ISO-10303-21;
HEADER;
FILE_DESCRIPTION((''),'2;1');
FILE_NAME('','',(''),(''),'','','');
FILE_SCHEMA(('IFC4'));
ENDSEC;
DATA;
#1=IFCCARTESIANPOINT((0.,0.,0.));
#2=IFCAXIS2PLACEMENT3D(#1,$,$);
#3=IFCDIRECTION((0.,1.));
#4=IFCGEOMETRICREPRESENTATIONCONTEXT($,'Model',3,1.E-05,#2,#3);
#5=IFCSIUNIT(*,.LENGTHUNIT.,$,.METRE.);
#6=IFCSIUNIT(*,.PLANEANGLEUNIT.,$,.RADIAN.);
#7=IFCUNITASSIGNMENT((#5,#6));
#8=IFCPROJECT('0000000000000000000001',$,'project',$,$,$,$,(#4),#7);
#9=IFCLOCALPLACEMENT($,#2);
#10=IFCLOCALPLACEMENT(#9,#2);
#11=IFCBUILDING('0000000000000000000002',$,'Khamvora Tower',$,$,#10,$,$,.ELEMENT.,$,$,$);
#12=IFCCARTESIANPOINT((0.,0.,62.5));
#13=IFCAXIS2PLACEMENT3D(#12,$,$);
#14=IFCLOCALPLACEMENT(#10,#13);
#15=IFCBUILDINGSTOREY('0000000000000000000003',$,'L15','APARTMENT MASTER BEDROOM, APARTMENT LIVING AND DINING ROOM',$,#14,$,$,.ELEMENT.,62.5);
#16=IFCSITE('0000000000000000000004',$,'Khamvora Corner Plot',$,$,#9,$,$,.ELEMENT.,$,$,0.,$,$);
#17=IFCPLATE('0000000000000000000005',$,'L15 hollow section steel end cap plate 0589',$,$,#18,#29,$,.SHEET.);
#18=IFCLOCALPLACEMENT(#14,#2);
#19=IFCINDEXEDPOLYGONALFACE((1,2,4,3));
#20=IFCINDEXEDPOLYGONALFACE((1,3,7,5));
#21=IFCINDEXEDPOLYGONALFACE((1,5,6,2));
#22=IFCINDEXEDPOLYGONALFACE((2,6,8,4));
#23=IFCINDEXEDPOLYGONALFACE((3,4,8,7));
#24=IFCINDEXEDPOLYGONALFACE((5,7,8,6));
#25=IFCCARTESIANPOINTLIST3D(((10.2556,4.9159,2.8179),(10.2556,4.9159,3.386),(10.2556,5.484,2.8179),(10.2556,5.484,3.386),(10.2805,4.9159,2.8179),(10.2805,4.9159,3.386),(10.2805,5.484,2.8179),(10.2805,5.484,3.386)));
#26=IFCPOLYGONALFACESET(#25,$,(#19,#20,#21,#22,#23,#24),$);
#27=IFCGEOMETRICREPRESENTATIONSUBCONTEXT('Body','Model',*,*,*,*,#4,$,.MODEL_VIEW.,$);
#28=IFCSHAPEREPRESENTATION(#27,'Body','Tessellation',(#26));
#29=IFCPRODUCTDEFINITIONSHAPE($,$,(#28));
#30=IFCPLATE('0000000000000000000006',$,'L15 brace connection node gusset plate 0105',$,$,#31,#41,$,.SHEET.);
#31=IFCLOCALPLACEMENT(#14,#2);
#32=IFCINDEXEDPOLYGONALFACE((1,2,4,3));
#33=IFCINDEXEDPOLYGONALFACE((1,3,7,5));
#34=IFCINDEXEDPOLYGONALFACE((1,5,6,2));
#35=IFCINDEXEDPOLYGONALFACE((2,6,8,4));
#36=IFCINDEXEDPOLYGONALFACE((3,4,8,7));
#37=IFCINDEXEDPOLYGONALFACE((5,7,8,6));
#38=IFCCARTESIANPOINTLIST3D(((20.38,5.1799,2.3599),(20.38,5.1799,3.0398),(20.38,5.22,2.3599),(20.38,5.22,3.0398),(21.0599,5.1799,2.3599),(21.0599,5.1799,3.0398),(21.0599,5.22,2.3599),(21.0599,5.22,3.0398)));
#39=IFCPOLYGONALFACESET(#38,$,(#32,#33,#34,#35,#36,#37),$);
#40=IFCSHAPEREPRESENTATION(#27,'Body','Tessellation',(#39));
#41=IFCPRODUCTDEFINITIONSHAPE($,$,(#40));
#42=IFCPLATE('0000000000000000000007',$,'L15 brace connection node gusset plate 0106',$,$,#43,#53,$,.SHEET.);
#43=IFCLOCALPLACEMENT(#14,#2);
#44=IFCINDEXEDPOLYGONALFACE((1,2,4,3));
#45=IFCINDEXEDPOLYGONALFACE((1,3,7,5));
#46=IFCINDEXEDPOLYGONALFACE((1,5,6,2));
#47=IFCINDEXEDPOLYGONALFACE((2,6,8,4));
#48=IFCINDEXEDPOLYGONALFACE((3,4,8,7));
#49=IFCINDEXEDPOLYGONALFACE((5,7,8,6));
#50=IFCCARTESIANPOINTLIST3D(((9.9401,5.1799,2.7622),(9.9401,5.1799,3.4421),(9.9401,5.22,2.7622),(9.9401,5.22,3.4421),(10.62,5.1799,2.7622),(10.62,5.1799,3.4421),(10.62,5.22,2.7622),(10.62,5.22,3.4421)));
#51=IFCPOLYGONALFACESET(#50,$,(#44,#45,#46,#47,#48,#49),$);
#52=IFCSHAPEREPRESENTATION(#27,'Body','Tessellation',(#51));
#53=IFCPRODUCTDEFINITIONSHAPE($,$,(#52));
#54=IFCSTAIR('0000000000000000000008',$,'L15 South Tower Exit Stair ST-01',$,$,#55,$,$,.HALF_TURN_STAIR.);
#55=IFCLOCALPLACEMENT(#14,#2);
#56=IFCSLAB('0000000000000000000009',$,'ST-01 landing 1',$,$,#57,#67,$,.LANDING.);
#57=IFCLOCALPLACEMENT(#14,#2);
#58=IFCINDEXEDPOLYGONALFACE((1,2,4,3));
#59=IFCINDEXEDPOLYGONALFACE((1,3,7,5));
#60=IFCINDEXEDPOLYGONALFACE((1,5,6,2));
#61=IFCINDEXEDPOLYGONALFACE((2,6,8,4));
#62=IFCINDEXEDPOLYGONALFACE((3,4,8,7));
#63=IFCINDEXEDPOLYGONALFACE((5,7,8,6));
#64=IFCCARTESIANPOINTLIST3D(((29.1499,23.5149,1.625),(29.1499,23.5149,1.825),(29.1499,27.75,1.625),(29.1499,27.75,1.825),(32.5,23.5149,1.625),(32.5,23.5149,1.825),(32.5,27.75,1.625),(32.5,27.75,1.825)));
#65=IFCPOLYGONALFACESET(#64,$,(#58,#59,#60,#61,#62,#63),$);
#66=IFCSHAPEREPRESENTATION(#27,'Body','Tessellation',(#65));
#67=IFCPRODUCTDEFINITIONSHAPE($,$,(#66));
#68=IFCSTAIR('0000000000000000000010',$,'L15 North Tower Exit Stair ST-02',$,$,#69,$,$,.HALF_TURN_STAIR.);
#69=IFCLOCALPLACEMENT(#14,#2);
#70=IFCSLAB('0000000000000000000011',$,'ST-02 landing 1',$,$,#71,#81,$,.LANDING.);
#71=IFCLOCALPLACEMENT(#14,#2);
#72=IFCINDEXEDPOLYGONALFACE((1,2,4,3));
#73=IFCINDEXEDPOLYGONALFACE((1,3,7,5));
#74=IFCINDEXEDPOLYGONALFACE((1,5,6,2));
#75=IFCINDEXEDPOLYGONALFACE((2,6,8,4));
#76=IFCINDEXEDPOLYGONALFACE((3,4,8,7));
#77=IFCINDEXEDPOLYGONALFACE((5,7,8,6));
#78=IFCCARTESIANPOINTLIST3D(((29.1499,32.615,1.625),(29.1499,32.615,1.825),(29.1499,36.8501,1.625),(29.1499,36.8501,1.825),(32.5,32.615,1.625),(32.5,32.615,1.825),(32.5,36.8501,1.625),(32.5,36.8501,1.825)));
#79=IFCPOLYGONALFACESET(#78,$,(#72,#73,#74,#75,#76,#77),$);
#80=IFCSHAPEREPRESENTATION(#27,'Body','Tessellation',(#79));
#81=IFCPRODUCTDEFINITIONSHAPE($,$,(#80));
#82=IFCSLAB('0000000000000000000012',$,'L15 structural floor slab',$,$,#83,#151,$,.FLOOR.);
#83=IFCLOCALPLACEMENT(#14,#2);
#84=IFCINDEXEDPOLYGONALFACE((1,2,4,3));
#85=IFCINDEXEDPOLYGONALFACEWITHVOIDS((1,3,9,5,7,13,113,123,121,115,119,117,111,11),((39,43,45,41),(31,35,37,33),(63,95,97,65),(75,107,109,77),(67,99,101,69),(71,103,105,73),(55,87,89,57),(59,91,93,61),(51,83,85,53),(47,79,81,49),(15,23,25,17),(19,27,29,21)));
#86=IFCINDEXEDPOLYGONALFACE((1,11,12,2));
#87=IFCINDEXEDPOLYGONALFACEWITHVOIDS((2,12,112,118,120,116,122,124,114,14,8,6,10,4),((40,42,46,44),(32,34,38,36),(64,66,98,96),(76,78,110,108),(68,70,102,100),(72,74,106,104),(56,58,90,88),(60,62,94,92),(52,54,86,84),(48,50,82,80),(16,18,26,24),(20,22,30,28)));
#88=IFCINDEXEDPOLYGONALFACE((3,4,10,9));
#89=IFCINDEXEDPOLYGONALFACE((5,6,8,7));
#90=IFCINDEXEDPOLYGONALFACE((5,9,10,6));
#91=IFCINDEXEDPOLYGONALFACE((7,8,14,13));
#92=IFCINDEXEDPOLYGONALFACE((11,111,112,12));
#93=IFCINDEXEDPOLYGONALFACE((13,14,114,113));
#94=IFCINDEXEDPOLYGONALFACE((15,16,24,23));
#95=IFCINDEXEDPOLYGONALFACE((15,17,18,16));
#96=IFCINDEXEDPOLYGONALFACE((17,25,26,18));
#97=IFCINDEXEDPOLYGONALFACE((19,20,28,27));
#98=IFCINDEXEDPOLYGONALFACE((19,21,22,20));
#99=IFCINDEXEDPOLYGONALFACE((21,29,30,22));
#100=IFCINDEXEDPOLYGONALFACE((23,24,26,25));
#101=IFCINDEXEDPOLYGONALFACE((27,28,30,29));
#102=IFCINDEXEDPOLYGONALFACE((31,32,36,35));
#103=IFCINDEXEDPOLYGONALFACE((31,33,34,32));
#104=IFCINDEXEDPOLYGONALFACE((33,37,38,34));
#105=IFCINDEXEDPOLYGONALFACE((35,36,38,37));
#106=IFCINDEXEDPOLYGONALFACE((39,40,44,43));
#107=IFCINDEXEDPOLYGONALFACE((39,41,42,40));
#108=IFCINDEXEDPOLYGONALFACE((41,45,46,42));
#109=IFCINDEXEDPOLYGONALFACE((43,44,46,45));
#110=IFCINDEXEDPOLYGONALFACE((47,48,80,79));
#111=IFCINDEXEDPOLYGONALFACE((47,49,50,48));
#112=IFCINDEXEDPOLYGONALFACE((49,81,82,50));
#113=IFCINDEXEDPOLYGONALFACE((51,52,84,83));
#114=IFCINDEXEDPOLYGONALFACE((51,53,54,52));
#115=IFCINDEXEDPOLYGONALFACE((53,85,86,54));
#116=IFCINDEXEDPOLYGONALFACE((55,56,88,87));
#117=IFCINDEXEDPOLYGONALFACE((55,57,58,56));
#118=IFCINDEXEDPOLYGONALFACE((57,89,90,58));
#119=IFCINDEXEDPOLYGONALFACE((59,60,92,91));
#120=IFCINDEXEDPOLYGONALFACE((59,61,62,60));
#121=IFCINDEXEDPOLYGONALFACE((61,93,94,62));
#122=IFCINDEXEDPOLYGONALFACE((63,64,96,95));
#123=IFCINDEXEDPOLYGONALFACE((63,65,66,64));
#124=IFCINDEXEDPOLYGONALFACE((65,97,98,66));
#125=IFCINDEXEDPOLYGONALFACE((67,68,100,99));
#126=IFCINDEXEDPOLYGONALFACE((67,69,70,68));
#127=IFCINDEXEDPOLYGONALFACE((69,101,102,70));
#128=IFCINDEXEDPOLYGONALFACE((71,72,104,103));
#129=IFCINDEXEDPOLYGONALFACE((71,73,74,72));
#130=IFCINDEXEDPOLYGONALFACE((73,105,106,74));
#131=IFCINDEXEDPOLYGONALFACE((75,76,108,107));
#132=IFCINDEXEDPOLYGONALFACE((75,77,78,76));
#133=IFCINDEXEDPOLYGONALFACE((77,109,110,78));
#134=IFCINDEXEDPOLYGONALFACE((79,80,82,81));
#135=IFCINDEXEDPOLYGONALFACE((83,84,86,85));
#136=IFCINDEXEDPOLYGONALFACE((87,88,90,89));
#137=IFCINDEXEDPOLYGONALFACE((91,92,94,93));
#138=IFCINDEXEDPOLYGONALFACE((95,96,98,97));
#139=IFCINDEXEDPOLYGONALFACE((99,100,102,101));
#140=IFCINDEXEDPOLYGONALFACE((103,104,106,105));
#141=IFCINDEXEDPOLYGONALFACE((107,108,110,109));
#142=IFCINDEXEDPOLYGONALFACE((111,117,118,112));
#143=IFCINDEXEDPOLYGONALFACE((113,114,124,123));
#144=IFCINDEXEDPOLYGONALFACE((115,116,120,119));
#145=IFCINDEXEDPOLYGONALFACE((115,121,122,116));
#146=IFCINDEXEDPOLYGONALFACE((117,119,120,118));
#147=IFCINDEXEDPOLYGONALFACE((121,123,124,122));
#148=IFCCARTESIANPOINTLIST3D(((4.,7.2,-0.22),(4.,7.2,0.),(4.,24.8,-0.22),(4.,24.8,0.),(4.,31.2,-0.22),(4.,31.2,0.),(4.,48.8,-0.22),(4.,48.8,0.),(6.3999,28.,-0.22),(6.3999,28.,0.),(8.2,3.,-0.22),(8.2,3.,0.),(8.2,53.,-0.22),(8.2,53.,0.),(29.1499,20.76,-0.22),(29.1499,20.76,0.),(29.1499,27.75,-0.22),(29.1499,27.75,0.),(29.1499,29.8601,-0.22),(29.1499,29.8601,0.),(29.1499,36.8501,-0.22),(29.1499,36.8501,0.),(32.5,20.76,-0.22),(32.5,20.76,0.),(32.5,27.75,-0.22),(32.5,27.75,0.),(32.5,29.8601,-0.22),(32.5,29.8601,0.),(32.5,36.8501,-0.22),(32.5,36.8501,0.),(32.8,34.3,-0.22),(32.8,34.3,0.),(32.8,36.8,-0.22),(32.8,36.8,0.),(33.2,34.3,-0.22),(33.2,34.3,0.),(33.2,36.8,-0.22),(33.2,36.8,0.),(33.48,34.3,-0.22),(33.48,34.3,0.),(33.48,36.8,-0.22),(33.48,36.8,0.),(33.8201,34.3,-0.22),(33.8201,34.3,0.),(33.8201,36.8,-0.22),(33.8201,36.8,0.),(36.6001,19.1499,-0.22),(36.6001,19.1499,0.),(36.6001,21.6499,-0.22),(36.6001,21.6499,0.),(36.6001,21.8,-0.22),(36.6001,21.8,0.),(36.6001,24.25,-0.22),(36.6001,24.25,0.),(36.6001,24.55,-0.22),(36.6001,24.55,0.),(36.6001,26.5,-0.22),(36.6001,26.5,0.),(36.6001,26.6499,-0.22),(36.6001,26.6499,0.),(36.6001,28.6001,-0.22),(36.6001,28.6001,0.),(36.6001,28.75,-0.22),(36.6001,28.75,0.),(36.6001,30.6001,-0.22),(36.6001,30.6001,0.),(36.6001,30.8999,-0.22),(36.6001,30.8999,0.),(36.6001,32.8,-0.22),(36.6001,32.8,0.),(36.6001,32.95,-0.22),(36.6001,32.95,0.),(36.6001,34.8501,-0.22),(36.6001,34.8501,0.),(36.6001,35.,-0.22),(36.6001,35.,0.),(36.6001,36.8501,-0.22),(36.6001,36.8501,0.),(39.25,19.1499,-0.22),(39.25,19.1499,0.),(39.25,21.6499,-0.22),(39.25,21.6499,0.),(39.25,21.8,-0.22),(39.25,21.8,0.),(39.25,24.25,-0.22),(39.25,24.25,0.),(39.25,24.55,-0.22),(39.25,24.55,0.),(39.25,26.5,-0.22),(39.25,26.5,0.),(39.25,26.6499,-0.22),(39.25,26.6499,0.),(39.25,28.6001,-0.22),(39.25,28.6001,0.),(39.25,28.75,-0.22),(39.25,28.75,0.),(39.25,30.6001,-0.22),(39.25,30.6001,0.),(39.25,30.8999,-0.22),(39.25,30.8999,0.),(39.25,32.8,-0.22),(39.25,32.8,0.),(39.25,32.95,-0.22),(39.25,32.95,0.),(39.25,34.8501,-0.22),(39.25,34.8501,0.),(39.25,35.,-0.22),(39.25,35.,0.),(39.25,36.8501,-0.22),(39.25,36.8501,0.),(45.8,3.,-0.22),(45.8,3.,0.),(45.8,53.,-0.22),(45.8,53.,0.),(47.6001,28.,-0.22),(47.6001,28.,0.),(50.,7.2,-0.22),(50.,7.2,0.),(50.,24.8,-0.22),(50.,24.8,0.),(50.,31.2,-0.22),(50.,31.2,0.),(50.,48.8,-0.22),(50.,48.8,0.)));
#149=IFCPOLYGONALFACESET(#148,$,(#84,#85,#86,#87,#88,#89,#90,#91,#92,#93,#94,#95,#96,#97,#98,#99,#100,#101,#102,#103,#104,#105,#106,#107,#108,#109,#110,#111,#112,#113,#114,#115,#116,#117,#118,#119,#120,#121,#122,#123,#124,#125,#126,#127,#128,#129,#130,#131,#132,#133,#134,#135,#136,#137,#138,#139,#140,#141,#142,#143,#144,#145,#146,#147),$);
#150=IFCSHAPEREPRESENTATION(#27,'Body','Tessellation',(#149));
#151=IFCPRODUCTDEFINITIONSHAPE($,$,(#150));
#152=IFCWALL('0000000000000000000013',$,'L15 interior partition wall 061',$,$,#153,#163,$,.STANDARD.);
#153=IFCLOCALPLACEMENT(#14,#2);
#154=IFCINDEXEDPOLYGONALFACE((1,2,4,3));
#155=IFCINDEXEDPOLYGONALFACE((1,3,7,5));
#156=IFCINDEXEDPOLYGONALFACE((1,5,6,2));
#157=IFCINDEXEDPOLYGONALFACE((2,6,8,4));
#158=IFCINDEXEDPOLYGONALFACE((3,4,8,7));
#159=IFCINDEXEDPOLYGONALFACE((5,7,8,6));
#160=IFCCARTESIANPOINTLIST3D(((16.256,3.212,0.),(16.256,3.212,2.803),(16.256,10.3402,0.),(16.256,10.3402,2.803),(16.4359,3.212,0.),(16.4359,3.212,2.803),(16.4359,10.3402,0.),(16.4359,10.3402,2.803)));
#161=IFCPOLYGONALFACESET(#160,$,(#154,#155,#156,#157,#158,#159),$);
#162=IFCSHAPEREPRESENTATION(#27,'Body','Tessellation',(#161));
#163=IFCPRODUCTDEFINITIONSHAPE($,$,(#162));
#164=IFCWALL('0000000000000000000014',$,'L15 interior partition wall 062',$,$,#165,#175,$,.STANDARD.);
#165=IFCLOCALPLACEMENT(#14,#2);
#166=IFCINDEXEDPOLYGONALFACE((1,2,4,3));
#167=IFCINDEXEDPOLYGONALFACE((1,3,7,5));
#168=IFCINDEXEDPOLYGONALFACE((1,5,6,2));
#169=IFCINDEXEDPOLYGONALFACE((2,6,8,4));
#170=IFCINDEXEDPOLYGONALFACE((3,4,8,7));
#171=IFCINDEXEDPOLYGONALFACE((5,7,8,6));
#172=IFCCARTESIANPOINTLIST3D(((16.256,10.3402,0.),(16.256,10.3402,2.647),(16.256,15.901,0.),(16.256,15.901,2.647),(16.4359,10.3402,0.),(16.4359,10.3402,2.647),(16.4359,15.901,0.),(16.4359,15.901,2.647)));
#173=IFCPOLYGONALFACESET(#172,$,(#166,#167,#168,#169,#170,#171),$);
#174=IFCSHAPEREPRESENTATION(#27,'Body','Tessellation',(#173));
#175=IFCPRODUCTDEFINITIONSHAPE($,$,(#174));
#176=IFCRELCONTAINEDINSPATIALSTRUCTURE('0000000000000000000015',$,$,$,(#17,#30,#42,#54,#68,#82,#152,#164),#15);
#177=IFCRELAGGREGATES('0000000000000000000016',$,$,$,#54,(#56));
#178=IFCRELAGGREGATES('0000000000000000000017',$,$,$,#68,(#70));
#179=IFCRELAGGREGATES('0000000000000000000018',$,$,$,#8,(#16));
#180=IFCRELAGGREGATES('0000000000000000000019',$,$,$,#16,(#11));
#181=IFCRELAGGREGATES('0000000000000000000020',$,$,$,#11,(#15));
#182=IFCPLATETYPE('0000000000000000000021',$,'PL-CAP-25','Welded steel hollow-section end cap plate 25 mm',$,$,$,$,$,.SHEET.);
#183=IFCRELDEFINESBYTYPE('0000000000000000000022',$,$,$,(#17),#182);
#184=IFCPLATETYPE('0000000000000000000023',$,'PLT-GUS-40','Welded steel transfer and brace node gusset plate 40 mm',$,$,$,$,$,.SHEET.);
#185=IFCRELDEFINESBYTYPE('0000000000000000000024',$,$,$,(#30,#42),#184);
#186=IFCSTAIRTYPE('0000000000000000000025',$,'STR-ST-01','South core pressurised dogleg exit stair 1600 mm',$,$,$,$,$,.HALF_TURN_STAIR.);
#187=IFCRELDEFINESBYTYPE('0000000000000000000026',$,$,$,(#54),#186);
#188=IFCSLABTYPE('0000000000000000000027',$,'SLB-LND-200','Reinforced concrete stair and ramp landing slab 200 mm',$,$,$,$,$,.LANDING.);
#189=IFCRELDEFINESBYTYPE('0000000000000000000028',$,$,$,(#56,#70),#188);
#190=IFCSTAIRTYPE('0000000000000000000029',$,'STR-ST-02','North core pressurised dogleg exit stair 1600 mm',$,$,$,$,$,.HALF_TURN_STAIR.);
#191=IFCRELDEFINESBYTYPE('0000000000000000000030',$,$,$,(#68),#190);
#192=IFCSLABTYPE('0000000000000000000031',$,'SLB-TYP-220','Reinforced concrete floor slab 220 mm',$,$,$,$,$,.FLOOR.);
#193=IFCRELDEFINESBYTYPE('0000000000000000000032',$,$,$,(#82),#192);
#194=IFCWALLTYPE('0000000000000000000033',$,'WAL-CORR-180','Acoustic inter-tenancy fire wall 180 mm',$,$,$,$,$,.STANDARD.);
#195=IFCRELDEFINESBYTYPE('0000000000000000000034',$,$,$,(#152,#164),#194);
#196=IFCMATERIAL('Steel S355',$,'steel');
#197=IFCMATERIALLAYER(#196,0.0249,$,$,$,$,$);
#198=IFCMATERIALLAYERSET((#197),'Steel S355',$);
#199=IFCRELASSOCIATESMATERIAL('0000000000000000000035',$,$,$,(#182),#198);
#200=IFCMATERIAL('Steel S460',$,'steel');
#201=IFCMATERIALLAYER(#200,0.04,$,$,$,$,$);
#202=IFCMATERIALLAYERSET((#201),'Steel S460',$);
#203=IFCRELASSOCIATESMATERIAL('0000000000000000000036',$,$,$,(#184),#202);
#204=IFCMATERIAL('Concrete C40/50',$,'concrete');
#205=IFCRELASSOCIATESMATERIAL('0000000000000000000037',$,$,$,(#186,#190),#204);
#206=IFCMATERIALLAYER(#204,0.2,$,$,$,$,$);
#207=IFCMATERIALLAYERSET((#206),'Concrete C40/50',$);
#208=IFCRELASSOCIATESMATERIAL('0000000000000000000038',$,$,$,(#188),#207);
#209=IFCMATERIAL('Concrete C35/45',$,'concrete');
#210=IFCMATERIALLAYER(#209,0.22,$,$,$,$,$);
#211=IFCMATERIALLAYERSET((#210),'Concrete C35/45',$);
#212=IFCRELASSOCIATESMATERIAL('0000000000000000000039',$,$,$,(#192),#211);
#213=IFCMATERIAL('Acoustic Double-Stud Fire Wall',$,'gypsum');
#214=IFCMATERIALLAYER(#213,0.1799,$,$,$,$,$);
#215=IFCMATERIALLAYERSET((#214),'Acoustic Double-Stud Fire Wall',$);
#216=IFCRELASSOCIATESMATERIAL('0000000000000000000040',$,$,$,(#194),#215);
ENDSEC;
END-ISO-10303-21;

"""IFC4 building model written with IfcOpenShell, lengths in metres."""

from ifc_helpers import new_model, si_unit, direction, frame, frame_2d, origin, origin_2d, place, context, subcontext, project, spatial, polyline, rectangle, outline, extrude, material, layer, layer_set, type_object, element, aggregate, save


model = new_model("IFC4")

# Units and contexts
model_context = context("Model", 3, precision=1e-05, world=origin(), true_north=direction((0.0, 1.0)))
body_context = subcontext(model_context, "Body", "Model", "MODEL_VIEW")
ifc_project = project(units=[si_unit("LENGTHUNIT", "METRE"), si_unit("PLANEANGLEUNIT", "RADIAN")], contexts=[model_context])

# Site, building, storey
site_placement = place(None, origin())
site = spatial("IfcSite", under=ifc_project, at=site_placement, Name="Khamvora Corner Plot", CompositionType="ELEMENT", RefElevation=0.0)
building_placement = place(site_placement, origin())
building = spatial("IfcBuilding", under=site, at=building_placement, Name="Khamvora Tower", CompositionType="ELEMENT")
storey_placement = place(building_placement, frame((0.0, 0.0, 62.5)))
storey = spatial("IfcBuildingStorey", under=building, at=storey_placement, Name="L15", Description="APARTMENT MASTER BEDROOM, APARTMENT LIVING AND DINING ROOM", CompositionType="ELEMENT", Elevation=62.5)

# Shared definitions
ifc_material_1 = material(Name="Steel S460", Category="steel")

# Shared definitions
ifc_material_2 = material(Name="Steel S355", Category="steel")

# Plates
ifc_layer_1 = layer(ifc_material_2, 0.0249)
ifc_layer_set_1 = layer_set([ifc_layer_1], Name="Steel S355")
plate_type_1 = type_object("IfcPlateType", Name="PL-CAP-25", Description="Welded steel hollow-section end cap plate 25 mm", PredefinedType="SHEET", material=ifc_layer_set_1)
plate_placement = place(storey_placement, frame((10.2681, 5.2, 2.8179), z_axis=(0.0, 0.0, 1.0), x_axis=(-1.0, 0.0, 0.0)))
element("IfcPlate", 1, at=plate_placement, inside=storey, type_object=plate_type_1, Name="L15 hollow section steel end cap plate 0589", PredefinedType="SHEET", context=body_context, shape_type="SweptSolid", body=[
    extrude(rectangle(XDim=0.0249, YDim=0.5681, at=origin_2d()), origin(), (0.0, 0.0, 1.0), 0.5681),
])
ifc_layer_2 = layer(ifc_material_1, 0.04)
ifc_layer_set_2 = layer_set([ifc_layer_2], Name="Steel S460")
plate_type_2 = type_object("IfcPlateType", Name="PLT-GUS-40", Description="Welded steel transfer and brace node gusset plate 40 mm", PredefinedType="SHEET", material=ifc_layer_set_2)
for number, where, z_axis, x_axis, name in (
    (2, (20.72, 5.2, 2.3599), (0.0, 0.0, 1.0), (1.0, 0.0, 0.0), "L15 brace connection node gusset plate 0105"),
    (3, (10.28, 5.2, 2.7622), (0.0, 0.0, 1.0), (1.0, 0.0, 0.0), "L15 brace connection node gusset plate 0106"),
):
    element("IfcPlate", number, at=place(storey_placement, frame(where, z_axis=z_axis, x_axis=x_axis)), inside=storey, type_object=plate_type_2, Name=name, PredefinedType="SHEET", context=body_context, shape_type="SweptSolid", body=[
        extrude(rectangle(XDim=0.6799, YDim=0.04, at=origin_2d()), origin(), (0.0, 0.0, 1.0), 0.6799),
    ])

# Stairs, slabs
ifc_material_3 = material(Name="Concrete C40/50", Category="concrete")
stair_type_1 = type_object("IfcStairType", Name="STR-ST-01", Description="South core pressurised dogleg exit stair 1600 mm", PredefinedType="HALF_TURN_STAIR", material=ifc_material_3)
stair_1_placement = place(storey_placement, origin())
stair_1 = element("IfcStair", 4, at=stair_1_placement, inside=storey, type_object=stair_type_1, Name="L15 South Tower Exit Stair ST-01", PredefinedType="HALF_TURN_STAIR")
ifc_layer_3 = layer(ifc_material_3, 0.2)
ifc_layer_set_3 = layer_set([ifc_layer_3], Name="Concrete C40/50")
slab_type_1 = type_object("IfcSlabType", Name="SLB-LND-200", Description="Reinforced concrete stair and ramp landing slab 200 mm", PredefinedType="LANDING", material=ifc_layer_set_3)
slab_1_placement = place(storey_placement, frame((0.0, 0.0, 1.625)))
slab_1 = element("IfcSlab", 5, at=slab_1_placement, type_object=slab_type_1, Name="ST-01 landing 1", PredefinedType="LANDING", context=body_context, shape_type="SweptSolid", body=[
    extrude(outline(polyline([(32.5, 23.5149), (32.5, 27.75), (29.1499, 27.75), (29.1499, 23.5149), (32.5, 23.5149)])), origin(), (0.0, 0.0, 1.0), 0.2),
])
aggregate(stair_1, [slab_1])
stair_type_2 = type_object("IfcStairType", Name="STR-ST-02", Description="North core pressurised dogleg exit stair 1600 mm", PredefinedType="HALF_TURN_STAIR", material=ifc_material_3)
stair_2_placement = place(storey_placement, origin())
stair_2 = element("IfcStair", 6, at=stair_2_placement, inside=storey, type_object=stair_type_2, Name="L15 North Tower Exit Stair ST-02", PredefinedType="HALF_TURN_STAIR")
slab_2_placement = place(storey_placement, frame((0.0, 0.0, 1.625)))
slab_2 = element("IfcSlab", 7, at=slab_2_placement, type_object=slab_type_1, Name="ST-02 landing 1", PredefinedType="LANDING", context=body_context, shape_type="SweptSolid", body=[
    extrude(outline(polyline([(32.5, 32.615), (32.5, 36.8501), (29.1499, 36.8501), (29.1499, 32.615), (32.5, 32.615)])), origin(), (0.0, 0.0, 1.0), 0.2),
])
aggregate(stair_2, [slab_2])

# Slab
ifc_material_4 = material(Name="Concrete C35/45", Category="concrete")
ifc_layer_4 = layer(ifc_material_4, 0.22)
ifc_layer_set_4 = layer_set([ifc_layer_4], Name="Concrete C35/45")
slab_type_2 = type_object("IfcSlabType", Name="SLB-TYP-220", Description="Reinforced concrete floor slab 220 mm", PredefinedType="FLOOR", material=ifc_layer_set_4)
slab_3_placement = place(storey_placement, frame((0.0, 0.0, -0.22)))
element("IfcSlab", 8, at=slab_3_placement, inside=storey, type_object=slab_type_2, Name="L15 structural floor slab", PredefinedType="FLOOR", context=body_context, shape_type="SweptSolid", body=[
    extrude(outline(polyline([(8.2, 3.0), (45.8, 3.0), (50.0, 7.2), (50.0, 24.8), (47.6001, 28.0), (50.0, 31.2), (50.0, 48.8), (45.8, 53.0), (8.2, 53.0), (4.0, 48.8), (4.0, 31.2), (6.3999, 28.0), (4.0, 24.8), (4.0, 7.2), (8.2, 3.0)]), holes=[polyline([(32.5, 20.76), (32.5, 27.75), (29.1499, 27.75), (29.1499, 20.76), (32.5, 20.76)]), polyline([(32.5, 29.8601), (32.5, 36.8501), (29.1499, 36.8501), (29.1499, 29.8601), (32.5, 29.8601)]), polyline([(36.6001, 19.1499), (39.25, 19.1499), (39.25, 21.6499), (36.6001, 21.6499), (36.6001, 19.1499)]), polyline([(36.6001, 21.8), (39.25, 21.8), (39.25, 24.25), (36.6001, 24.25), (36.6001, 21.8)]), polyline([(36.6001, 24.55), (39.25, 24.55), (39.25, 26.5), (36.6001, 26.5), (36.6001, 24.55)]), polyline([(36.6001, 26.6499), (39.25, 26.6499), (39.25, 28.6001), (36.6001, 28.6001), (36.6001, 26.6499)]), polyline([(36.6001, 28.75), (39.25, 28.75), (39.25, 30.6001), (36.6001, 30.6001), (36.6001, 28.75)]), polyline([(36.6001, 30.8999), (39.25, 30.8999), (39.25, 32.8), (36.6001, 32.8), (36.6001, 30.8999)]), polyline([(36.6001, 32.95), (39.25, 32.95), (39.25, 34.8501), (36.6001, 34.8501), (36.6001, 32.95)]), polyline([(36.6001, 35.0), (39.25, 35.0), (39.25, 36.8501), (36.6001, 36.8501), (36.6001, 35.0)]), polyline([(32.8, 34.3), (33.2, 34.3), (33.2, 36.8), (32.8, 36.8), (32.8, 34.3)]), polyline([(33.48, 34.3), (33.8201, 34.3), (33.8201, 36.8), (33.48, 36.8), (33.48, 34.3)])]), origin(), (0.0, 0.0, 1.0), 0.22),
])

# Walls
ifc_material_5 = material(Name="Acoustic Double-Stud Fire Wall", Category="gypsum")
ifc_layer_5 = layer(ifc_material_5, 0.1799)
ifc_layer_set_5 = layer_set([ifc_layer_5], Name="Acoustic Double-Stud Fire Wall")
wall_type_1 = type_object("IfcWallType", Name="WAL-CORR-180", Description="Acoustic inter-tenancy fire wall 180 mm", PredefinedType="STANDARD", material=ifc_layer_set_5)
wall_1_placement = place(storey_placement, frame((16.3459, 10.3401, 0.0), z_axis=(0.0, 0.0, 1.0), x_axis=(0.0, -1.0, 0.0)))
element("IfcWall", 9, at=wall_1_placement, inside=storey, type_object=wall_type_1, Name="L15 interior partition wall 061", PredefinedType="STANDARD", context=body_context, shape_type="SweptSolid", body=[
    extrude(rectangle(XDim=7.1282, YDim=0.1799, at=frame_2d((3.564, 0.0))), origin(), (0.0, 0.0, 1.0), 2.803),
])
wall_2_placement = place(storey_placement, frame((16.3459, 15.9009, 0.0), z_axis=(0.0, 0.0, 1.0), x_axis=(0.0, -1.0, 0.0)))
element("IfcWall", 10, at=wall_2_placement, inside=storey, type_object=wall_type_1, Name="L15 interior partition wall 062", PredefinedType="STANDARD", context=body_context, shape_type="SweptSolid", body=[
    extrude(rectangle(XDim=5.5608, YDim=0.1799, at=frame_2d((2.7803, 0.0))), origin(), (0.0, 0.0, 1.0), 2.647),
])

save(model, "model.ifc")
